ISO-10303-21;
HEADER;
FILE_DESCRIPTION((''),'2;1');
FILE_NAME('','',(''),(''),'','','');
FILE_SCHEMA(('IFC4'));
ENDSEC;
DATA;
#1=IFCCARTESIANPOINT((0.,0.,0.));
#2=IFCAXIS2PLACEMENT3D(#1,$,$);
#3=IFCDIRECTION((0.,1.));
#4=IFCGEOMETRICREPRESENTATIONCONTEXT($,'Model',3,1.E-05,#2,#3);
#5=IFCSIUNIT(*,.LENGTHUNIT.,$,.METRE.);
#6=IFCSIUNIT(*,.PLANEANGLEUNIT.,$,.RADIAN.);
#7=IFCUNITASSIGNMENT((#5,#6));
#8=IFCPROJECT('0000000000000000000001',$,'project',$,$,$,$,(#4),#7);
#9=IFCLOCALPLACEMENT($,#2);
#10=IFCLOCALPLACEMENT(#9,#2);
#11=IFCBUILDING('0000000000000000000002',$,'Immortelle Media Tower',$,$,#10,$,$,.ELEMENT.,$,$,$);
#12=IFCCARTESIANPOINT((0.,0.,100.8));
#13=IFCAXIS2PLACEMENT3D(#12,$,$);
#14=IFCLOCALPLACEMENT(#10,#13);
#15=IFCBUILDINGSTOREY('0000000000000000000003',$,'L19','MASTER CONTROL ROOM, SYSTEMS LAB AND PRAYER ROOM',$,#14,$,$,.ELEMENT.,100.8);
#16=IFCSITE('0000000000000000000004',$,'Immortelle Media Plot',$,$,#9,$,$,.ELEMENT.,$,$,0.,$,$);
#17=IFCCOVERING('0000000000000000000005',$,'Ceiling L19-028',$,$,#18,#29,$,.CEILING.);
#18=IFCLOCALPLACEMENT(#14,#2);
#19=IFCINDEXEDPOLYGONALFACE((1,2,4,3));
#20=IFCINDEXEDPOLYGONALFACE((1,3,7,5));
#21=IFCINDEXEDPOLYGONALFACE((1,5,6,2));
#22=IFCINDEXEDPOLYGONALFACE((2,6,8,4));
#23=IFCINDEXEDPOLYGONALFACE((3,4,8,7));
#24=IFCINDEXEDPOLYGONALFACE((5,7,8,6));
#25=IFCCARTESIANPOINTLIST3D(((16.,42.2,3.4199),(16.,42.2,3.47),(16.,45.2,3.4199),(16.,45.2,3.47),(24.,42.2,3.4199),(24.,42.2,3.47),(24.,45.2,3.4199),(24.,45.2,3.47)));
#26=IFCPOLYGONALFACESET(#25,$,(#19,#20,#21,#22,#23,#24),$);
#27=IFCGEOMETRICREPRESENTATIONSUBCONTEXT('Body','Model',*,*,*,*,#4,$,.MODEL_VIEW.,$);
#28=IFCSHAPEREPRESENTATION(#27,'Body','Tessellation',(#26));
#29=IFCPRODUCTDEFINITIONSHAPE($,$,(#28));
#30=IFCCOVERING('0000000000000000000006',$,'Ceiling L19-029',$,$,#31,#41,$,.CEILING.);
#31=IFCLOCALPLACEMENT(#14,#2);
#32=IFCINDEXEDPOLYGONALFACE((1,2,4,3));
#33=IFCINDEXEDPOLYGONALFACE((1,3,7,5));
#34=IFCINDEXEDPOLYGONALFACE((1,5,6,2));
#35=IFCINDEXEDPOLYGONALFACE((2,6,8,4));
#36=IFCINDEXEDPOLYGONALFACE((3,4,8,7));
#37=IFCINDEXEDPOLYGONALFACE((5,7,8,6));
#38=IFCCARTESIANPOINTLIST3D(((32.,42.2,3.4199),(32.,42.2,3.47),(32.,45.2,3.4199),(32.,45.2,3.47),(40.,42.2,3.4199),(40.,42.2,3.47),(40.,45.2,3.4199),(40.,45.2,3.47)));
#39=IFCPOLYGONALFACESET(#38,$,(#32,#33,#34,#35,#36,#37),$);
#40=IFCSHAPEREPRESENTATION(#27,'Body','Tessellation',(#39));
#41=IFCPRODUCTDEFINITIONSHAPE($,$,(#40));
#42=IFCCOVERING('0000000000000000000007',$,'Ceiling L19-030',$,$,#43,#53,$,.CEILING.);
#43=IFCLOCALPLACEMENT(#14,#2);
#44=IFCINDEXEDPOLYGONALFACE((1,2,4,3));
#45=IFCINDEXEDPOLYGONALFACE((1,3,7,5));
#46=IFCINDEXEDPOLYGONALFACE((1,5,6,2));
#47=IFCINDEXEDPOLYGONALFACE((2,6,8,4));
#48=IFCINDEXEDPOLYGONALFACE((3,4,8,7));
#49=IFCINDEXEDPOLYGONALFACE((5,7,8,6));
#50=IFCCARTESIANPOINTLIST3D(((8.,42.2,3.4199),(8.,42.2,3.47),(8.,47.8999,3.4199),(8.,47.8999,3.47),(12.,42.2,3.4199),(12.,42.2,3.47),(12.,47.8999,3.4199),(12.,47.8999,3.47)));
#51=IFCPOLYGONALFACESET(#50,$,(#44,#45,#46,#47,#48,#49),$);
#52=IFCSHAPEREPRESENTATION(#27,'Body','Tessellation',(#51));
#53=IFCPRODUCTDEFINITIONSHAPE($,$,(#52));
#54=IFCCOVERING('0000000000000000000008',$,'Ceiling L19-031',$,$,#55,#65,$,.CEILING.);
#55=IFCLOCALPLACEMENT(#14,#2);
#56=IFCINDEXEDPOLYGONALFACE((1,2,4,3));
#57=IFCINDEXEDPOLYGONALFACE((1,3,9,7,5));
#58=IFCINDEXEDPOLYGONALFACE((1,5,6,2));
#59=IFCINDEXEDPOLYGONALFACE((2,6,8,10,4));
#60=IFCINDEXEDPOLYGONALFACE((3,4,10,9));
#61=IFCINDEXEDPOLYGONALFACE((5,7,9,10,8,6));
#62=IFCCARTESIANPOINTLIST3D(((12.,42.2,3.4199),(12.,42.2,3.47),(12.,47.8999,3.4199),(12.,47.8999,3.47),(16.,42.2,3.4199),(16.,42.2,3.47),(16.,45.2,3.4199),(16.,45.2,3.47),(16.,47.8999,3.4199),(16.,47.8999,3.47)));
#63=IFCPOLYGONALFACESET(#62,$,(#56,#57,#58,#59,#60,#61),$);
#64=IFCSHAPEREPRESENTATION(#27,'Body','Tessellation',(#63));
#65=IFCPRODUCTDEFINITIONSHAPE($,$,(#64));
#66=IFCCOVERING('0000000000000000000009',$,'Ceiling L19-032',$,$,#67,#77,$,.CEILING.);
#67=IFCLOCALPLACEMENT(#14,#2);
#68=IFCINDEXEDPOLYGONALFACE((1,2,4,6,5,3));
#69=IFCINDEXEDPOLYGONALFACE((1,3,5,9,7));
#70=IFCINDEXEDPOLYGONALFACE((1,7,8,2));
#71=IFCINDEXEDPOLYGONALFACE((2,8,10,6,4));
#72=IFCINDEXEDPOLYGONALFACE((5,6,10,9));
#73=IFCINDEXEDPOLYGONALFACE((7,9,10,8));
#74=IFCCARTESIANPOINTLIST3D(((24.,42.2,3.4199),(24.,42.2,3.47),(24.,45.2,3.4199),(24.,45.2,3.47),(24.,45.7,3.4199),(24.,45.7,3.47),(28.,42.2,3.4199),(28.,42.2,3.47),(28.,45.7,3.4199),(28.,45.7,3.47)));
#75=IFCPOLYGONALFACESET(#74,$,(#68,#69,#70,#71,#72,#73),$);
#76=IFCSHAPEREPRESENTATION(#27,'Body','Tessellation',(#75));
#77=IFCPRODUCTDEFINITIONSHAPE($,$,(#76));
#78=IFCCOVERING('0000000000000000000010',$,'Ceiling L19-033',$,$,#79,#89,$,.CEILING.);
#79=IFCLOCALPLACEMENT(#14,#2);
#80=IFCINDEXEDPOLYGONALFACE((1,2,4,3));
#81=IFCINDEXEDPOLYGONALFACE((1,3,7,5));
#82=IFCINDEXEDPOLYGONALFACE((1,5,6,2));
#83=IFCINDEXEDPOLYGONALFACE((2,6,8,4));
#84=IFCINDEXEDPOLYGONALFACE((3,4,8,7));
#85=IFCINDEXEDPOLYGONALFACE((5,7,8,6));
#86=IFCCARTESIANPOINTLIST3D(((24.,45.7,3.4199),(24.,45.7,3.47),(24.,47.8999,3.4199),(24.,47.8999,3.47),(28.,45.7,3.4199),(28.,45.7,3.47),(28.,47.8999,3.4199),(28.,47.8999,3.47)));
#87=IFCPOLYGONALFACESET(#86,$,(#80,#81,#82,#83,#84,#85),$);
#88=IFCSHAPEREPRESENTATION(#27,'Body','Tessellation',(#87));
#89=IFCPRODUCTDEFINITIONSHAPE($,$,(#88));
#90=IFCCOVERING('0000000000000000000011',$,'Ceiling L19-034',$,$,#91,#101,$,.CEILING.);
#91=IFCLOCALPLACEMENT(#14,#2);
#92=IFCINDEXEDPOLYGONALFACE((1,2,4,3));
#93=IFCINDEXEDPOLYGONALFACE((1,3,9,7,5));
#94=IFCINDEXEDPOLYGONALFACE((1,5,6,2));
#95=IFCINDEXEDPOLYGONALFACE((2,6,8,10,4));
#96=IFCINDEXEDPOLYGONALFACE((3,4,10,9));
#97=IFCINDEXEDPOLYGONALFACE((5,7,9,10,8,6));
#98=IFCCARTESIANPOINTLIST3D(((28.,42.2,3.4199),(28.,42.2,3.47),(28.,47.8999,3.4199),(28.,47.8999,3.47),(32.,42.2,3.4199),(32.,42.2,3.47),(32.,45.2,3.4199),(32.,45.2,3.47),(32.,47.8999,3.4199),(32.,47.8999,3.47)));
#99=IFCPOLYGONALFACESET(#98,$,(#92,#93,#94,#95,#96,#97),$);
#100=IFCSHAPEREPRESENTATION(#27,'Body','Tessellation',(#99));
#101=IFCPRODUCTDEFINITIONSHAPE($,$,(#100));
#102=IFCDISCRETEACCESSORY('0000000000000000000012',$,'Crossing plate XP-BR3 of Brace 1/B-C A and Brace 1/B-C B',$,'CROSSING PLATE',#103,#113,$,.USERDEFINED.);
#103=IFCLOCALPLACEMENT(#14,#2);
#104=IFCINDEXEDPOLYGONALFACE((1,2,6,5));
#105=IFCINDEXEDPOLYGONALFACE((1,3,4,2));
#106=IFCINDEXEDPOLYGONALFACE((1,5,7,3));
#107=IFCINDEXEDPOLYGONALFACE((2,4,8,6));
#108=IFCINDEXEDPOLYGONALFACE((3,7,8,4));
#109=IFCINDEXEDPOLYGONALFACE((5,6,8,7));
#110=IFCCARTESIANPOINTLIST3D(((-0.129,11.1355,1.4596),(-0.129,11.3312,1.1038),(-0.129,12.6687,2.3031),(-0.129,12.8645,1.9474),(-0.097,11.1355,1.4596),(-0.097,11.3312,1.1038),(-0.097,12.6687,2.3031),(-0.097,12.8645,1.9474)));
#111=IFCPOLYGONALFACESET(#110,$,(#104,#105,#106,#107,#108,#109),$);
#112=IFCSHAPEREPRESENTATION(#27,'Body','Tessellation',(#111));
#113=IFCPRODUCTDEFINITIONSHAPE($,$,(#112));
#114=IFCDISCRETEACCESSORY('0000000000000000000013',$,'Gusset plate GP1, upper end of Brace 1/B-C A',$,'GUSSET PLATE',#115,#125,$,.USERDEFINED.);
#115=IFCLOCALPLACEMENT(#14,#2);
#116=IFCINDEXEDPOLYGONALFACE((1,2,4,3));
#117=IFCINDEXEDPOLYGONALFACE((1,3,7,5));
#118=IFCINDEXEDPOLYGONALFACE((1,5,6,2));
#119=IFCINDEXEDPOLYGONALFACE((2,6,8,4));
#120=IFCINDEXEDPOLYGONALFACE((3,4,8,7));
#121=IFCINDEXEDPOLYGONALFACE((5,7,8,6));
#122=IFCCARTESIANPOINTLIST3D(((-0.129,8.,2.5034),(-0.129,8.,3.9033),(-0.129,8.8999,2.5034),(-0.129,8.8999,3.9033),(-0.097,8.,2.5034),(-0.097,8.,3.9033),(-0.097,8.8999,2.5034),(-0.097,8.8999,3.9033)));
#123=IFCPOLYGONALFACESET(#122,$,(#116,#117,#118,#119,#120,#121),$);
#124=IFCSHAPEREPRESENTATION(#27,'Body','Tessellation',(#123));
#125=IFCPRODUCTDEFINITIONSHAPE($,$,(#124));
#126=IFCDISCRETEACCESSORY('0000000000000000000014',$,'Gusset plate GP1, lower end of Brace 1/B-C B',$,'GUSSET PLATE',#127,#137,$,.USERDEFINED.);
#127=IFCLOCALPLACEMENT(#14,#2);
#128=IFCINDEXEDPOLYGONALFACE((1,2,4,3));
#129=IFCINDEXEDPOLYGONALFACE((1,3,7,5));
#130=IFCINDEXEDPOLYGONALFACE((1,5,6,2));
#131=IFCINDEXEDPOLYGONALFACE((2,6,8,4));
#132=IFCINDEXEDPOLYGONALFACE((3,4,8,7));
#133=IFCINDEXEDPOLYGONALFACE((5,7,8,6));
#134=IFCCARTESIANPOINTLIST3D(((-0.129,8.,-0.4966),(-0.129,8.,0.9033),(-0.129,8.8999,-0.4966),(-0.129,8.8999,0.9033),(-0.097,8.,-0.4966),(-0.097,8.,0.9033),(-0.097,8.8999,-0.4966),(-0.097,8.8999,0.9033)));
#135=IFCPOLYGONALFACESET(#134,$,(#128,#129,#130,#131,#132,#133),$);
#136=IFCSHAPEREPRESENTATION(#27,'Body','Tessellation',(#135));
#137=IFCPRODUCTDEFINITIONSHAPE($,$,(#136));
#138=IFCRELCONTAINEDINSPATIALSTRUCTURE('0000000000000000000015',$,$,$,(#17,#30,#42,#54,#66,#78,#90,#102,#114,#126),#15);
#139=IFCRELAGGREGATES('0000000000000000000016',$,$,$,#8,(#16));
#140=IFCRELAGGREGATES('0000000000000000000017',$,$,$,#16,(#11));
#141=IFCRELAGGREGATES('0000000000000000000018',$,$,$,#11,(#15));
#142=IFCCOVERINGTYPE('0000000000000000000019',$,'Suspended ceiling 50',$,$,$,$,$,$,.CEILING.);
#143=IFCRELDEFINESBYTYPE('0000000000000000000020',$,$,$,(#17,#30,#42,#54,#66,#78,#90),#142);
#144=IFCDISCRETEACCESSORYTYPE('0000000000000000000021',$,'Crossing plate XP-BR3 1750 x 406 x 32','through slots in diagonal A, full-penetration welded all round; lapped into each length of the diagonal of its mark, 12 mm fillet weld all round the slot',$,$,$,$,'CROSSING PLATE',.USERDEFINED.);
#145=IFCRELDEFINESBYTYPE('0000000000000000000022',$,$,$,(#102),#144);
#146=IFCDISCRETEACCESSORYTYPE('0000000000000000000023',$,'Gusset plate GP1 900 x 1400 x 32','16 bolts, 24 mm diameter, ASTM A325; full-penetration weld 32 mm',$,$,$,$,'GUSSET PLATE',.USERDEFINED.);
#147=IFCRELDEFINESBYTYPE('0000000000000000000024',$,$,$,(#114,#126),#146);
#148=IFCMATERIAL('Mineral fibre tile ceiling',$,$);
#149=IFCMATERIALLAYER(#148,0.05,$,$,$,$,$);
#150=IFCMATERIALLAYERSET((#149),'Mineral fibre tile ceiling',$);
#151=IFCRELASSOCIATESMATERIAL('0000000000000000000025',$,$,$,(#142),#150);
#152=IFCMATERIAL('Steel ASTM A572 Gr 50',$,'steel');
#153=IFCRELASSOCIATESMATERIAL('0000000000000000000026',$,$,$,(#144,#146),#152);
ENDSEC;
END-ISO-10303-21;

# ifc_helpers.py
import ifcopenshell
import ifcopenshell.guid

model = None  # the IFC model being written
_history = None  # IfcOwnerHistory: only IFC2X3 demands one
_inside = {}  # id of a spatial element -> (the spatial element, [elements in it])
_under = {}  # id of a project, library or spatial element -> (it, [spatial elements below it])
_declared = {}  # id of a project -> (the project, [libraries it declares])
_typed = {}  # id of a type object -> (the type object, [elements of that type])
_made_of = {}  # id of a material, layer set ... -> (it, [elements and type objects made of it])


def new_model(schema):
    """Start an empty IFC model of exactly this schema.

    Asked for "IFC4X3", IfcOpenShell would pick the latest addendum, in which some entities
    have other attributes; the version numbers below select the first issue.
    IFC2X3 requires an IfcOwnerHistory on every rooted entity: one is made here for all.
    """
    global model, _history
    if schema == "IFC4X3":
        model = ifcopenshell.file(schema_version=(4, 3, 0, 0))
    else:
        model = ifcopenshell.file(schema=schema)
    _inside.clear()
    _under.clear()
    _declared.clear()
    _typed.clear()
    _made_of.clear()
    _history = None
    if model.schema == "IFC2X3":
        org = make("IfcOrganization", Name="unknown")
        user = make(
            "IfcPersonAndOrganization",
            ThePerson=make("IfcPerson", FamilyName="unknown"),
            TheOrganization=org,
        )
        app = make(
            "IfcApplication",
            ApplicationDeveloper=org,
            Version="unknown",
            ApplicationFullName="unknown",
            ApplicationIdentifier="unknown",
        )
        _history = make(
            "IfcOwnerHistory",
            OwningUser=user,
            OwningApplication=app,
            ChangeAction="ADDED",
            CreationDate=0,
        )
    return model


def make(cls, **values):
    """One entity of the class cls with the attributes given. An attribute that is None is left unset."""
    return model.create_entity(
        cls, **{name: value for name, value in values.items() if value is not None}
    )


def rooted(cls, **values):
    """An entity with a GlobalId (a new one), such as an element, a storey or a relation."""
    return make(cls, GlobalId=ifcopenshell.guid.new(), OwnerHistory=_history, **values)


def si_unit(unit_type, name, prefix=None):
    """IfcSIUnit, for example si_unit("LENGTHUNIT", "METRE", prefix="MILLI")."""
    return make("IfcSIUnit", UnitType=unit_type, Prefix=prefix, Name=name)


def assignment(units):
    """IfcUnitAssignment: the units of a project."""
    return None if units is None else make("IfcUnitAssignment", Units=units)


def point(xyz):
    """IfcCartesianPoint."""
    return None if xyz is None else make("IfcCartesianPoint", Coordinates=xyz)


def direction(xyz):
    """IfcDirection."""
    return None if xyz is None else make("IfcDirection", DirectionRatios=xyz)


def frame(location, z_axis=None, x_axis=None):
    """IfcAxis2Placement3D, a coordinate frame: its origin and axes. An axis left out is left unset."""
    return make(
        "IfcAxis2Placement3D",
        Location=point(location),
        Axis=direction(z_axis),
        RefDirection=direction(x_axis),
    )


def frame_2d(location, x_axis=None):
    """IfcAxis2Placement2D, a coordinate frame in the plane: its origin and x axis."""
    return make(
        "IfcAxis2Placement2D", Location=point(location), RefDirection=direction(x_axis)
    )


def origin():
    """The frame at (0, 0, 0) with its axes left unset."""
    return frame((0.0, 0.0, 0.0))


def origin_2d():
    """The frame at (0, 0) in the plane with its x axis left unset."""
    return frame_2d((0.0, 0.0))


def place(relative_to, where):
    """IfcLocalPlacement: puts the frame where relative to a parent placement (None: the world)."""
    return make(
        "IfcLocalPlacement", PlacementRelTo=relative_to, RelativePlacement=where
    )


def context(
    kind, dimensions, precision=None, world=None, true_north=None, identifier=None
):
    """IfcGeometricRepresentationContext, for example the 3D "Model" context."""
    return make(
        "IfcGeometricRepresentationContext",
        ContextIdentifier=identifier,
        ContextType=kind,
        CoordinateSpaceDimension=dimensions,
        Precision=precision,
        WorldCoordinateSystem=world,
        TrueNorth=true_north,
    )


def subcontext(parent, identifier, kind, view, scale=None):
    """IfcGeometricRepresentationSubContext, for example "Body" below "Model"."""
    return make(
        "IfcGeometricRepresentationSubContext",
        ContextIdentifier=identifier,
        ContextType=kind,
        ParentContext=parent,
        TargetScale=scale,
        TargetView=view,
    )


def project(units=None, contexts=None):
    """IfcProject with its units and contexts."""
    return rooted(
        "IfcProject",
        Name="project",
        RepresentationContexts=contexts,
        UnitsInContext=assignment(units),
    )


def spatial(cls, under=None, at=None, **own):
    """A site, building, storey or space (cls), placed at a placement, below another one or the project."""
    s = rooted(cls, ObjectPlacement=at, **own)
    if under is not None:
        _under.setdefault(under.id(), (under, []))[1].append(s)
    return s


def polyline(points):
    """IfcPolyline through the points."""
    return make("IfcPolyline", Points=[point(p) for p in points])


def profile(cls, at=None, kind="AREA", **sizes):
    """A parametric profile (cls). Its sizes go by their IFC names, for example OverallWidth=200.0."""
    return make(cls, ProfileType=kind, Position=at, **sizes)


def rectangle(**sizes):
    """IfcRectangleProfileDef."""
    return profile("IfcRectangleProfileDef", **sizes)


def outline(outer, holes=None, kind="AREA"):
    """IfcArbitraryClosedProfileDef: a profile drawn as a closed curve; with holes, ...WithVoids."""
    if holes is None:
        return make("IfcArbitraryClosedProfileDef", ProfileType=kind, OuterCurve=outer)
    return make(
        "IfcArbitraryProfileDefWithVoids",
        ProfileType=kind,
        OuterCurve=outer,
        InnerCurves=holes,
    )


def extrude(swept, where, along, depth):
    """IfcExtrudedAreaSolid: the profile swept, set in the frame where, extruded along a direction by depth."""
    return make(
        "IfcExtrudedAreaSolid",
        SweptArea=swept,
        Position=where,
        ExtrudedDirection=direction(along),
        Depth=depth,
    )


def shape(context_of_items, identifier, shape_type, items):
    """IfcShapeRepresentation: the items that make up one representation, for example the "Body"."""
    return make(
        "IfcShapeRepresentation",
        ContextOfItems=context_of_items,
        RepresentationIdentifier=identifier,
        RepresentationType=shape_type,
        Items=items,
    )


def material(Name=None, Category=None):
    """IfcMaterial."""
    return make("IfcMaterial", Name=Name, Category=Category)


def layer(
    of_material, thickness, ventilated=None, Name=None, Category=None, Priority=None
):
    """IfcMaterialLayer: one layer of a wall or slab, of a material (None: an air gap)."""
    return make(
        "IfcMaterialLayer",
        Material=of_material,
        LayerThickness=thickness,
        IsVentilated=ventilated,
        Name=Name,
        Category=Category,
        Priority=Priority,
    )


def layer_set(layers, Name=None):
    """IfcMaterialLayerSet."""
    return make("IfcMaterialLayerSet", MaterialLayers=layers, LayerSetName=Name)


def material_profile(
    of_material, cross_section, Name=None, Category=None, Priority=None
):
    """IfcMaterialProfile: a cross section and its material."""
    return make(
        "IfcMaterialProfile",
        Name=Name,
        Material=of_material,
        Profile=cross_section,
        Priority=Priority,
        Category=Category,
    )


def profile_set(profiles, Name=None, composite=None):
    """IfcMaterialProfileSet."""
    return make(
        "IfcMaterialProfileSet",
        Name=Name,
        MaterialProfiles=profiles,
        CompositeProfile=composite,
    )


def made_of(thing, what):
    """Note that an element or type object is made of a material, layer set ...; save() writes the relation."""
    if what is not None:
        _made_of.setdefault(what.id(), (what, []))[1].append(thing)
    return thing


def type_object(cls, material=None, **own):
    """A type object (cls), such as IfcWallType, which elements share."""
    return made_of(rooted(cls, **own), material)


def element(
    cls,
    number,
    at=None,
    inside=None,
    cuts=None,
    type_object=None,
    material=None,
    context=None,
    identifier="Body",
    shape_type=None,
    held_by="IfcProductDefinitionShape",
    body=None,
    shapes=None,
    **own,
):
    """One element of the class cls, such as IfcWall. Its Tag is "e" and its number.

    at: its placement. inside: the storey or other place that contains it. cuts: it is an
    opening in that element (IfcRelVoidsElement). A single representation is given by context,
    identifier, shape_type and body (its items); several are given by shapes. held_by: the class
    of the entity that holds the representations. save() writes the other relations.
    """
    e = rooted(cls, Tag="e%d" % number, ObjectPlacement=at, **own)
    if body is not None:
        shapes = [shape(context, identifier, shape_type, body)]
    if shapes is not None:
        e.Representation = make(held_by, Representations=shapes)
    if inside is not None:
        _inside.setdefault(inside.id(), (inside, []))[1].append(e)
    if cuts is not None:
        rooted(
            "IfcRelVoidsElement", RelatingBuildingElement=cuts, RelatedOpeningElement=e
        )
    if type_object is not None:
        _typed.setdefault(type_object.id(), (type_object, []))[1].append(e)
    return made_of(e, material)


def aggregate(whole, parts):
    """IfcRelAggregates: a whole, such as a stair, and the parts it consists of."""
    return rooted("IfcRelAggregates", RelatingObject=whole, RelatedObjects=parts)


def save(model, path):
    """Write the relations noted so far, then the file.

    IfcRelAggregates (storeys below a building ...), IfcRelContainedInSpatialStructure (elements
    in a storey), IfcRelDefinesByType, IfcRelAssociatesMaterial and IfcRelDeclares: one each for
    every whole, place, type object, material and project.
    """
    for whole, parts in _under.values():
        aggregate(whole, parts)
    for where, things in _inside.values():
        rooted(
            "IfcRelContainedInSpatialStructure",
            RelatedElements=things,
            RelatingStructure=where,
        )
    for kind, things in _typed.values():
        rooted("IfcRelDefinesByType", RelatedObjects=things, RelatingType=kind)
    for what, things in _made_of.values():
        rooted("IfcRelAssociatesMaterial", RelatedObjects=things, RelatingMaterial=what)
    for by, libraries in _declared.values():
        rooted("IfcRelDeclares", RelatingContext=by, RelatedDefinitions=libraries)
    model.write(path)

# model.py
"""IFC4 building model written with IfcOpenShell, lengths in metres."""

from ifc_helpers import new_model, si_unit, direction, frame, origin, origin_2d, place, context, subcontext, project, spatial, polyline, rectangle, outline, extrude, material, layer, layer_set, material_profile, profile_set, type_object, element, save


model = new_model("IFC4")

# Units and contexts
model_context = context("Model", 3, precision=1e-05, world=origin(), true_north=direction((0.0, 1.0)))
body_context = subcontext(model_context, "Body", "Model", "MODEL_VIEW")
ifc_project = project(units=[si_unit("LENGTHUNIT", "METRE"), si_unit("PLANEANGLEUNIT", "RADIAN")], contexts=[model_context])

# Site, building, storey
site_placement = place(None, origin())
site = spatial("IfcSite", under=ifc_project, at=site_placement, Name="Immortelle Media Plot", CompositionType="ELEMENT", RefElevation=0.0)
building_placement = place(site_placement, origin())
building = spatial("IfcBuilding", under=site, at=building_placement, Name="Immortelle Media Tower", CompositionType="ELEMENT")
storey_placement = place(building_placement, frame((0.0, 0.0, 100.8)))
storey = spatial("IfcBuildingStorey", under=building, at=storey_placement, Name="L19", Description="MASTER CONTROL ROOM, SYSTEMS LAB AND PRAYER ROOM", CompositionType="ELEMENT", Elevation=100.8)

# Coverings
ifc_material_1 = material(Name="Mineral fibre tile ceiling")
ifc_layer_1 = layer(ifc_material_1, 0.05)
ifc_layer_set_1 = layer_set([ifc_layer_1], Name="Mineral fibre tile ceiling")
covering_type = type_object("IfcCoveringType", Name="Suspended ceiling 50", PredefinedType="CEILING", material=ifc_layer_set_1)
covering_1_placement = place(storey_placement, frame((0.0, 0.0, 3.4199)))
element("IfcCovering", 1, at=covering_1_placement, inside=storey, type_object=covering_type, Name="Ceiling L19-028", PredefinedType="CEILING", context=body_context, shape_type="SweptSolid", body=[
    extrude(outline(polyline([(16.0, 42.2), (16.0, 45.2), (24.0, 45.2), (24.0, 42.2), (16.0, 42.2)])), origin(), (0.0, 0.0, 1.0), 0.05),
])
covering_2_placement = place(storey_placement, frame((0.0, 0.0, 3.4199)))
element("IfcCovering", 2, at=covering_2_placement, inside=storey, type_object=covering_type, Name="Ceiling L19-029", PredefinedType="CEILING", context=body_context, shape_type="SweptSolid", body=[
    extrude(outline(polyline([(32.0, 42.2), (32.0, 45.2), (40.0, 45.2), (40.0, 42.2), (32.0, 42.2)])), origin(), (0.0, 0.0, 1.0), 0.05),
])
covering_3_placement = place(storey_placement, frame((0.0, 0.0, 3.4199)))
element("IfcCovering", 3, at=covering_3_placement, inside=storey, type_object=covering_type, Name="Ceiling L19-030", PredefinedType="CEILING", context=body_context, shape_type="SweptSolid", body=[
    extrude(outline(polyline([(8.0, 47.8999), (12.0, 47.8999), (12.0, 42.2), (8.0, 42.2), (8.0, 47.8999)])), origin(), (0.0, 0.0, 1.0), 0.05),
])
covering_4_placement = place(storey_placement, frame((0.0, 0.0, 3.4199)))
element("IfcCovering", 4, at=covering_4_placement, inside=storey, type_object=covering_type, Name="Ceiling L19-031", PredefinedType="CEILING", context=body_context, shape_type="SweptSolid", body=[
    extrude(outline(polyline([(16.0, 47.8999), (16.0, 45.2), (16.0, 42.2), (12.0, 42.2), (12.0, 47.8999), (16.0, 47.8999)])), origin(), (0.0, 0.0, 1.0), 0.05),
])
covering_5_placement = place(storey_placement, frame((0.0, 0.0, 3.4199)))
element("IfcCovering", 5, at=covering_5_placement, inside=storey, type_object=covering_type, Name="Ceiling L19-032", PredefinedType="CEILING", context=body_context, shape_type="SweptSolid", body=[
    extrude(outline(polyline([(24.0, 45.7), (28.0, 45.7), (28.0, 42.2), (24.0, 42.2), (24.0, 45.2), (24.0, 45.7)])), origin(), (0.0, 0.0, 1.0), 0.05),
])
covering_6_placement = place(storey_placement, frame((0.0, 0.0, 3.4199)))
element("IfcCovering", 6, at=covering_6_placement, inside=storey, type_object=covering_type, Name="Ceiling L19-033", PredefinedType="CEILING", context=body_context, shape_type="SweptSolid", body=[
    extrude(outline(polyline([(24.0, 47.8999), (28.0, 47.8999), (28.0, 45.7), (24.0, 45.7), (24.0, 47.8999)])), origin(), (0.0, 0.0, 1.0), 0.05),
])
covering_7_placement = place(storey_placement, frame((0.0, 0.0, 3.4199)))
element("IfcCovering", 7, at=covering_7_placement, inside=storey, type_object=covering_type, Name="Ceiling L19-034", PredefinedType="CEILING", context=body_context, shape_type="SweptSolid", body=[
    extrude(outline(polyline([(32.0, 47.8999), (32.0, 45.2), (32.0, 42.2), (28.0, 42.2), (28.0, 47.8999), (32.0, 47.8999)])), origin(), (0.0, 0.0, 1.0), 0.05),
])

# Discrete accessories
ifc_material_2 = material(Name="Steel ASTM A572 Gr 50", Category="steel")
ifc_material_profile_1 = material_profile(ifc_material_2, rectangle(XDim=0.032, YDim=0.406, at=origin_2d()), Name="PL 32 x 406")
ifc_profile_set_1 = profile_set([ifc_material_profile_1], Name="Steel ASTM A572 Gr 50")
discrete_accessory_type_1 = type_object("IfcDiscreteAccessoryType", Name="Crossing plate XP-BR3 1750 x 406 x 32", Description="through slots in diagonal A, full-penetration welded all round; lapped into each length of the diagonal of its mark, 12 mm fillet weld all round the slot", ElementType="CROSSING PLATE", PredefinedType="USERDEFINED", material=ifc_profile_set_1)
discrete_accessory_placement = place(storey_placement, frame((-0.113, 12.7666, 2.1252), z_axis=(0.0, -0.876157, -0.482026), x_axis=(1.0, 0.0, 0.0)))
element("IfcDiscreteAccessory", 8, at=discrete_accessory_placement, inside=storey, type_object=discrete_accessory_type_1, Name="Crossing plate XP-BR3 of Brace 1/B-C A and Brace 1/B-C B", ObjectType="CROSSING PLATE", PredefinedType="USERDEFINED", context=body_context, shape_type="SweptSolid", body=[
    extrude(rectangle(XDim=0.032, YDim=0.406, at=origin_2d()), origin(), (0.0, 0.0, 1.0), 1.75),
])
ifc_material_profile_2 = material_profile(ifc_material_2, rectangle(XDim=0.032, YDim=1.3999, at=origin_2d()), Name="PL 32 x 1400")
ifc_profile_set_2 = profile_set([ifc_material_profile_2], Name="Steel ASTM A572 Gr 50")
discrete_accessory_type_2 = type_object("IfcDiscreteAccessoryType", Name="Gusset plate GP1 900 x 1400 x 32", Description="16 bolts, 24 mm diameter, ASTM A325; full-penetration weld 32 mm", ElementType="GUSSET PLATE", PredefinedType="USERDEFINED", material=ifc_profile_set_2)
for number, where, z_axis, x_axis, name in (
    (9, (-0.113, 8.0, 3.2034), (0.0, 1.0, 0.0), (-1.0, 0.0, 0.0), "Gusset plate GP1, upper end of Brace 1/B-C A"),
    (10, (-0.113, 8.0, 0.2034), (0.0, 1.0, 0.0), (-1.0, 0.0, 0.0), "Gusset plate GP1, lower end of Brace 1/B-C B"),
):
    element("IfcDiscreteAccessory", number, at=place(storey_placement, frame(where, z_axis=z_axis, x_axis=x_axis)), inside=storey, type_object=discrete_accessory_type_2, Name=name, ObjectType="GUSSET PLATE", PredefinedType="USERDEFINED", context=body_context, shape_type="SweptSolid", body=[
        extrude(rectangle(XDim=0.032, YDim=1.3999, at=origin_2d()), origin(), (0.0, 0.0, 1.0), 0.8999),
    ])

save(model, "model.ifc")
